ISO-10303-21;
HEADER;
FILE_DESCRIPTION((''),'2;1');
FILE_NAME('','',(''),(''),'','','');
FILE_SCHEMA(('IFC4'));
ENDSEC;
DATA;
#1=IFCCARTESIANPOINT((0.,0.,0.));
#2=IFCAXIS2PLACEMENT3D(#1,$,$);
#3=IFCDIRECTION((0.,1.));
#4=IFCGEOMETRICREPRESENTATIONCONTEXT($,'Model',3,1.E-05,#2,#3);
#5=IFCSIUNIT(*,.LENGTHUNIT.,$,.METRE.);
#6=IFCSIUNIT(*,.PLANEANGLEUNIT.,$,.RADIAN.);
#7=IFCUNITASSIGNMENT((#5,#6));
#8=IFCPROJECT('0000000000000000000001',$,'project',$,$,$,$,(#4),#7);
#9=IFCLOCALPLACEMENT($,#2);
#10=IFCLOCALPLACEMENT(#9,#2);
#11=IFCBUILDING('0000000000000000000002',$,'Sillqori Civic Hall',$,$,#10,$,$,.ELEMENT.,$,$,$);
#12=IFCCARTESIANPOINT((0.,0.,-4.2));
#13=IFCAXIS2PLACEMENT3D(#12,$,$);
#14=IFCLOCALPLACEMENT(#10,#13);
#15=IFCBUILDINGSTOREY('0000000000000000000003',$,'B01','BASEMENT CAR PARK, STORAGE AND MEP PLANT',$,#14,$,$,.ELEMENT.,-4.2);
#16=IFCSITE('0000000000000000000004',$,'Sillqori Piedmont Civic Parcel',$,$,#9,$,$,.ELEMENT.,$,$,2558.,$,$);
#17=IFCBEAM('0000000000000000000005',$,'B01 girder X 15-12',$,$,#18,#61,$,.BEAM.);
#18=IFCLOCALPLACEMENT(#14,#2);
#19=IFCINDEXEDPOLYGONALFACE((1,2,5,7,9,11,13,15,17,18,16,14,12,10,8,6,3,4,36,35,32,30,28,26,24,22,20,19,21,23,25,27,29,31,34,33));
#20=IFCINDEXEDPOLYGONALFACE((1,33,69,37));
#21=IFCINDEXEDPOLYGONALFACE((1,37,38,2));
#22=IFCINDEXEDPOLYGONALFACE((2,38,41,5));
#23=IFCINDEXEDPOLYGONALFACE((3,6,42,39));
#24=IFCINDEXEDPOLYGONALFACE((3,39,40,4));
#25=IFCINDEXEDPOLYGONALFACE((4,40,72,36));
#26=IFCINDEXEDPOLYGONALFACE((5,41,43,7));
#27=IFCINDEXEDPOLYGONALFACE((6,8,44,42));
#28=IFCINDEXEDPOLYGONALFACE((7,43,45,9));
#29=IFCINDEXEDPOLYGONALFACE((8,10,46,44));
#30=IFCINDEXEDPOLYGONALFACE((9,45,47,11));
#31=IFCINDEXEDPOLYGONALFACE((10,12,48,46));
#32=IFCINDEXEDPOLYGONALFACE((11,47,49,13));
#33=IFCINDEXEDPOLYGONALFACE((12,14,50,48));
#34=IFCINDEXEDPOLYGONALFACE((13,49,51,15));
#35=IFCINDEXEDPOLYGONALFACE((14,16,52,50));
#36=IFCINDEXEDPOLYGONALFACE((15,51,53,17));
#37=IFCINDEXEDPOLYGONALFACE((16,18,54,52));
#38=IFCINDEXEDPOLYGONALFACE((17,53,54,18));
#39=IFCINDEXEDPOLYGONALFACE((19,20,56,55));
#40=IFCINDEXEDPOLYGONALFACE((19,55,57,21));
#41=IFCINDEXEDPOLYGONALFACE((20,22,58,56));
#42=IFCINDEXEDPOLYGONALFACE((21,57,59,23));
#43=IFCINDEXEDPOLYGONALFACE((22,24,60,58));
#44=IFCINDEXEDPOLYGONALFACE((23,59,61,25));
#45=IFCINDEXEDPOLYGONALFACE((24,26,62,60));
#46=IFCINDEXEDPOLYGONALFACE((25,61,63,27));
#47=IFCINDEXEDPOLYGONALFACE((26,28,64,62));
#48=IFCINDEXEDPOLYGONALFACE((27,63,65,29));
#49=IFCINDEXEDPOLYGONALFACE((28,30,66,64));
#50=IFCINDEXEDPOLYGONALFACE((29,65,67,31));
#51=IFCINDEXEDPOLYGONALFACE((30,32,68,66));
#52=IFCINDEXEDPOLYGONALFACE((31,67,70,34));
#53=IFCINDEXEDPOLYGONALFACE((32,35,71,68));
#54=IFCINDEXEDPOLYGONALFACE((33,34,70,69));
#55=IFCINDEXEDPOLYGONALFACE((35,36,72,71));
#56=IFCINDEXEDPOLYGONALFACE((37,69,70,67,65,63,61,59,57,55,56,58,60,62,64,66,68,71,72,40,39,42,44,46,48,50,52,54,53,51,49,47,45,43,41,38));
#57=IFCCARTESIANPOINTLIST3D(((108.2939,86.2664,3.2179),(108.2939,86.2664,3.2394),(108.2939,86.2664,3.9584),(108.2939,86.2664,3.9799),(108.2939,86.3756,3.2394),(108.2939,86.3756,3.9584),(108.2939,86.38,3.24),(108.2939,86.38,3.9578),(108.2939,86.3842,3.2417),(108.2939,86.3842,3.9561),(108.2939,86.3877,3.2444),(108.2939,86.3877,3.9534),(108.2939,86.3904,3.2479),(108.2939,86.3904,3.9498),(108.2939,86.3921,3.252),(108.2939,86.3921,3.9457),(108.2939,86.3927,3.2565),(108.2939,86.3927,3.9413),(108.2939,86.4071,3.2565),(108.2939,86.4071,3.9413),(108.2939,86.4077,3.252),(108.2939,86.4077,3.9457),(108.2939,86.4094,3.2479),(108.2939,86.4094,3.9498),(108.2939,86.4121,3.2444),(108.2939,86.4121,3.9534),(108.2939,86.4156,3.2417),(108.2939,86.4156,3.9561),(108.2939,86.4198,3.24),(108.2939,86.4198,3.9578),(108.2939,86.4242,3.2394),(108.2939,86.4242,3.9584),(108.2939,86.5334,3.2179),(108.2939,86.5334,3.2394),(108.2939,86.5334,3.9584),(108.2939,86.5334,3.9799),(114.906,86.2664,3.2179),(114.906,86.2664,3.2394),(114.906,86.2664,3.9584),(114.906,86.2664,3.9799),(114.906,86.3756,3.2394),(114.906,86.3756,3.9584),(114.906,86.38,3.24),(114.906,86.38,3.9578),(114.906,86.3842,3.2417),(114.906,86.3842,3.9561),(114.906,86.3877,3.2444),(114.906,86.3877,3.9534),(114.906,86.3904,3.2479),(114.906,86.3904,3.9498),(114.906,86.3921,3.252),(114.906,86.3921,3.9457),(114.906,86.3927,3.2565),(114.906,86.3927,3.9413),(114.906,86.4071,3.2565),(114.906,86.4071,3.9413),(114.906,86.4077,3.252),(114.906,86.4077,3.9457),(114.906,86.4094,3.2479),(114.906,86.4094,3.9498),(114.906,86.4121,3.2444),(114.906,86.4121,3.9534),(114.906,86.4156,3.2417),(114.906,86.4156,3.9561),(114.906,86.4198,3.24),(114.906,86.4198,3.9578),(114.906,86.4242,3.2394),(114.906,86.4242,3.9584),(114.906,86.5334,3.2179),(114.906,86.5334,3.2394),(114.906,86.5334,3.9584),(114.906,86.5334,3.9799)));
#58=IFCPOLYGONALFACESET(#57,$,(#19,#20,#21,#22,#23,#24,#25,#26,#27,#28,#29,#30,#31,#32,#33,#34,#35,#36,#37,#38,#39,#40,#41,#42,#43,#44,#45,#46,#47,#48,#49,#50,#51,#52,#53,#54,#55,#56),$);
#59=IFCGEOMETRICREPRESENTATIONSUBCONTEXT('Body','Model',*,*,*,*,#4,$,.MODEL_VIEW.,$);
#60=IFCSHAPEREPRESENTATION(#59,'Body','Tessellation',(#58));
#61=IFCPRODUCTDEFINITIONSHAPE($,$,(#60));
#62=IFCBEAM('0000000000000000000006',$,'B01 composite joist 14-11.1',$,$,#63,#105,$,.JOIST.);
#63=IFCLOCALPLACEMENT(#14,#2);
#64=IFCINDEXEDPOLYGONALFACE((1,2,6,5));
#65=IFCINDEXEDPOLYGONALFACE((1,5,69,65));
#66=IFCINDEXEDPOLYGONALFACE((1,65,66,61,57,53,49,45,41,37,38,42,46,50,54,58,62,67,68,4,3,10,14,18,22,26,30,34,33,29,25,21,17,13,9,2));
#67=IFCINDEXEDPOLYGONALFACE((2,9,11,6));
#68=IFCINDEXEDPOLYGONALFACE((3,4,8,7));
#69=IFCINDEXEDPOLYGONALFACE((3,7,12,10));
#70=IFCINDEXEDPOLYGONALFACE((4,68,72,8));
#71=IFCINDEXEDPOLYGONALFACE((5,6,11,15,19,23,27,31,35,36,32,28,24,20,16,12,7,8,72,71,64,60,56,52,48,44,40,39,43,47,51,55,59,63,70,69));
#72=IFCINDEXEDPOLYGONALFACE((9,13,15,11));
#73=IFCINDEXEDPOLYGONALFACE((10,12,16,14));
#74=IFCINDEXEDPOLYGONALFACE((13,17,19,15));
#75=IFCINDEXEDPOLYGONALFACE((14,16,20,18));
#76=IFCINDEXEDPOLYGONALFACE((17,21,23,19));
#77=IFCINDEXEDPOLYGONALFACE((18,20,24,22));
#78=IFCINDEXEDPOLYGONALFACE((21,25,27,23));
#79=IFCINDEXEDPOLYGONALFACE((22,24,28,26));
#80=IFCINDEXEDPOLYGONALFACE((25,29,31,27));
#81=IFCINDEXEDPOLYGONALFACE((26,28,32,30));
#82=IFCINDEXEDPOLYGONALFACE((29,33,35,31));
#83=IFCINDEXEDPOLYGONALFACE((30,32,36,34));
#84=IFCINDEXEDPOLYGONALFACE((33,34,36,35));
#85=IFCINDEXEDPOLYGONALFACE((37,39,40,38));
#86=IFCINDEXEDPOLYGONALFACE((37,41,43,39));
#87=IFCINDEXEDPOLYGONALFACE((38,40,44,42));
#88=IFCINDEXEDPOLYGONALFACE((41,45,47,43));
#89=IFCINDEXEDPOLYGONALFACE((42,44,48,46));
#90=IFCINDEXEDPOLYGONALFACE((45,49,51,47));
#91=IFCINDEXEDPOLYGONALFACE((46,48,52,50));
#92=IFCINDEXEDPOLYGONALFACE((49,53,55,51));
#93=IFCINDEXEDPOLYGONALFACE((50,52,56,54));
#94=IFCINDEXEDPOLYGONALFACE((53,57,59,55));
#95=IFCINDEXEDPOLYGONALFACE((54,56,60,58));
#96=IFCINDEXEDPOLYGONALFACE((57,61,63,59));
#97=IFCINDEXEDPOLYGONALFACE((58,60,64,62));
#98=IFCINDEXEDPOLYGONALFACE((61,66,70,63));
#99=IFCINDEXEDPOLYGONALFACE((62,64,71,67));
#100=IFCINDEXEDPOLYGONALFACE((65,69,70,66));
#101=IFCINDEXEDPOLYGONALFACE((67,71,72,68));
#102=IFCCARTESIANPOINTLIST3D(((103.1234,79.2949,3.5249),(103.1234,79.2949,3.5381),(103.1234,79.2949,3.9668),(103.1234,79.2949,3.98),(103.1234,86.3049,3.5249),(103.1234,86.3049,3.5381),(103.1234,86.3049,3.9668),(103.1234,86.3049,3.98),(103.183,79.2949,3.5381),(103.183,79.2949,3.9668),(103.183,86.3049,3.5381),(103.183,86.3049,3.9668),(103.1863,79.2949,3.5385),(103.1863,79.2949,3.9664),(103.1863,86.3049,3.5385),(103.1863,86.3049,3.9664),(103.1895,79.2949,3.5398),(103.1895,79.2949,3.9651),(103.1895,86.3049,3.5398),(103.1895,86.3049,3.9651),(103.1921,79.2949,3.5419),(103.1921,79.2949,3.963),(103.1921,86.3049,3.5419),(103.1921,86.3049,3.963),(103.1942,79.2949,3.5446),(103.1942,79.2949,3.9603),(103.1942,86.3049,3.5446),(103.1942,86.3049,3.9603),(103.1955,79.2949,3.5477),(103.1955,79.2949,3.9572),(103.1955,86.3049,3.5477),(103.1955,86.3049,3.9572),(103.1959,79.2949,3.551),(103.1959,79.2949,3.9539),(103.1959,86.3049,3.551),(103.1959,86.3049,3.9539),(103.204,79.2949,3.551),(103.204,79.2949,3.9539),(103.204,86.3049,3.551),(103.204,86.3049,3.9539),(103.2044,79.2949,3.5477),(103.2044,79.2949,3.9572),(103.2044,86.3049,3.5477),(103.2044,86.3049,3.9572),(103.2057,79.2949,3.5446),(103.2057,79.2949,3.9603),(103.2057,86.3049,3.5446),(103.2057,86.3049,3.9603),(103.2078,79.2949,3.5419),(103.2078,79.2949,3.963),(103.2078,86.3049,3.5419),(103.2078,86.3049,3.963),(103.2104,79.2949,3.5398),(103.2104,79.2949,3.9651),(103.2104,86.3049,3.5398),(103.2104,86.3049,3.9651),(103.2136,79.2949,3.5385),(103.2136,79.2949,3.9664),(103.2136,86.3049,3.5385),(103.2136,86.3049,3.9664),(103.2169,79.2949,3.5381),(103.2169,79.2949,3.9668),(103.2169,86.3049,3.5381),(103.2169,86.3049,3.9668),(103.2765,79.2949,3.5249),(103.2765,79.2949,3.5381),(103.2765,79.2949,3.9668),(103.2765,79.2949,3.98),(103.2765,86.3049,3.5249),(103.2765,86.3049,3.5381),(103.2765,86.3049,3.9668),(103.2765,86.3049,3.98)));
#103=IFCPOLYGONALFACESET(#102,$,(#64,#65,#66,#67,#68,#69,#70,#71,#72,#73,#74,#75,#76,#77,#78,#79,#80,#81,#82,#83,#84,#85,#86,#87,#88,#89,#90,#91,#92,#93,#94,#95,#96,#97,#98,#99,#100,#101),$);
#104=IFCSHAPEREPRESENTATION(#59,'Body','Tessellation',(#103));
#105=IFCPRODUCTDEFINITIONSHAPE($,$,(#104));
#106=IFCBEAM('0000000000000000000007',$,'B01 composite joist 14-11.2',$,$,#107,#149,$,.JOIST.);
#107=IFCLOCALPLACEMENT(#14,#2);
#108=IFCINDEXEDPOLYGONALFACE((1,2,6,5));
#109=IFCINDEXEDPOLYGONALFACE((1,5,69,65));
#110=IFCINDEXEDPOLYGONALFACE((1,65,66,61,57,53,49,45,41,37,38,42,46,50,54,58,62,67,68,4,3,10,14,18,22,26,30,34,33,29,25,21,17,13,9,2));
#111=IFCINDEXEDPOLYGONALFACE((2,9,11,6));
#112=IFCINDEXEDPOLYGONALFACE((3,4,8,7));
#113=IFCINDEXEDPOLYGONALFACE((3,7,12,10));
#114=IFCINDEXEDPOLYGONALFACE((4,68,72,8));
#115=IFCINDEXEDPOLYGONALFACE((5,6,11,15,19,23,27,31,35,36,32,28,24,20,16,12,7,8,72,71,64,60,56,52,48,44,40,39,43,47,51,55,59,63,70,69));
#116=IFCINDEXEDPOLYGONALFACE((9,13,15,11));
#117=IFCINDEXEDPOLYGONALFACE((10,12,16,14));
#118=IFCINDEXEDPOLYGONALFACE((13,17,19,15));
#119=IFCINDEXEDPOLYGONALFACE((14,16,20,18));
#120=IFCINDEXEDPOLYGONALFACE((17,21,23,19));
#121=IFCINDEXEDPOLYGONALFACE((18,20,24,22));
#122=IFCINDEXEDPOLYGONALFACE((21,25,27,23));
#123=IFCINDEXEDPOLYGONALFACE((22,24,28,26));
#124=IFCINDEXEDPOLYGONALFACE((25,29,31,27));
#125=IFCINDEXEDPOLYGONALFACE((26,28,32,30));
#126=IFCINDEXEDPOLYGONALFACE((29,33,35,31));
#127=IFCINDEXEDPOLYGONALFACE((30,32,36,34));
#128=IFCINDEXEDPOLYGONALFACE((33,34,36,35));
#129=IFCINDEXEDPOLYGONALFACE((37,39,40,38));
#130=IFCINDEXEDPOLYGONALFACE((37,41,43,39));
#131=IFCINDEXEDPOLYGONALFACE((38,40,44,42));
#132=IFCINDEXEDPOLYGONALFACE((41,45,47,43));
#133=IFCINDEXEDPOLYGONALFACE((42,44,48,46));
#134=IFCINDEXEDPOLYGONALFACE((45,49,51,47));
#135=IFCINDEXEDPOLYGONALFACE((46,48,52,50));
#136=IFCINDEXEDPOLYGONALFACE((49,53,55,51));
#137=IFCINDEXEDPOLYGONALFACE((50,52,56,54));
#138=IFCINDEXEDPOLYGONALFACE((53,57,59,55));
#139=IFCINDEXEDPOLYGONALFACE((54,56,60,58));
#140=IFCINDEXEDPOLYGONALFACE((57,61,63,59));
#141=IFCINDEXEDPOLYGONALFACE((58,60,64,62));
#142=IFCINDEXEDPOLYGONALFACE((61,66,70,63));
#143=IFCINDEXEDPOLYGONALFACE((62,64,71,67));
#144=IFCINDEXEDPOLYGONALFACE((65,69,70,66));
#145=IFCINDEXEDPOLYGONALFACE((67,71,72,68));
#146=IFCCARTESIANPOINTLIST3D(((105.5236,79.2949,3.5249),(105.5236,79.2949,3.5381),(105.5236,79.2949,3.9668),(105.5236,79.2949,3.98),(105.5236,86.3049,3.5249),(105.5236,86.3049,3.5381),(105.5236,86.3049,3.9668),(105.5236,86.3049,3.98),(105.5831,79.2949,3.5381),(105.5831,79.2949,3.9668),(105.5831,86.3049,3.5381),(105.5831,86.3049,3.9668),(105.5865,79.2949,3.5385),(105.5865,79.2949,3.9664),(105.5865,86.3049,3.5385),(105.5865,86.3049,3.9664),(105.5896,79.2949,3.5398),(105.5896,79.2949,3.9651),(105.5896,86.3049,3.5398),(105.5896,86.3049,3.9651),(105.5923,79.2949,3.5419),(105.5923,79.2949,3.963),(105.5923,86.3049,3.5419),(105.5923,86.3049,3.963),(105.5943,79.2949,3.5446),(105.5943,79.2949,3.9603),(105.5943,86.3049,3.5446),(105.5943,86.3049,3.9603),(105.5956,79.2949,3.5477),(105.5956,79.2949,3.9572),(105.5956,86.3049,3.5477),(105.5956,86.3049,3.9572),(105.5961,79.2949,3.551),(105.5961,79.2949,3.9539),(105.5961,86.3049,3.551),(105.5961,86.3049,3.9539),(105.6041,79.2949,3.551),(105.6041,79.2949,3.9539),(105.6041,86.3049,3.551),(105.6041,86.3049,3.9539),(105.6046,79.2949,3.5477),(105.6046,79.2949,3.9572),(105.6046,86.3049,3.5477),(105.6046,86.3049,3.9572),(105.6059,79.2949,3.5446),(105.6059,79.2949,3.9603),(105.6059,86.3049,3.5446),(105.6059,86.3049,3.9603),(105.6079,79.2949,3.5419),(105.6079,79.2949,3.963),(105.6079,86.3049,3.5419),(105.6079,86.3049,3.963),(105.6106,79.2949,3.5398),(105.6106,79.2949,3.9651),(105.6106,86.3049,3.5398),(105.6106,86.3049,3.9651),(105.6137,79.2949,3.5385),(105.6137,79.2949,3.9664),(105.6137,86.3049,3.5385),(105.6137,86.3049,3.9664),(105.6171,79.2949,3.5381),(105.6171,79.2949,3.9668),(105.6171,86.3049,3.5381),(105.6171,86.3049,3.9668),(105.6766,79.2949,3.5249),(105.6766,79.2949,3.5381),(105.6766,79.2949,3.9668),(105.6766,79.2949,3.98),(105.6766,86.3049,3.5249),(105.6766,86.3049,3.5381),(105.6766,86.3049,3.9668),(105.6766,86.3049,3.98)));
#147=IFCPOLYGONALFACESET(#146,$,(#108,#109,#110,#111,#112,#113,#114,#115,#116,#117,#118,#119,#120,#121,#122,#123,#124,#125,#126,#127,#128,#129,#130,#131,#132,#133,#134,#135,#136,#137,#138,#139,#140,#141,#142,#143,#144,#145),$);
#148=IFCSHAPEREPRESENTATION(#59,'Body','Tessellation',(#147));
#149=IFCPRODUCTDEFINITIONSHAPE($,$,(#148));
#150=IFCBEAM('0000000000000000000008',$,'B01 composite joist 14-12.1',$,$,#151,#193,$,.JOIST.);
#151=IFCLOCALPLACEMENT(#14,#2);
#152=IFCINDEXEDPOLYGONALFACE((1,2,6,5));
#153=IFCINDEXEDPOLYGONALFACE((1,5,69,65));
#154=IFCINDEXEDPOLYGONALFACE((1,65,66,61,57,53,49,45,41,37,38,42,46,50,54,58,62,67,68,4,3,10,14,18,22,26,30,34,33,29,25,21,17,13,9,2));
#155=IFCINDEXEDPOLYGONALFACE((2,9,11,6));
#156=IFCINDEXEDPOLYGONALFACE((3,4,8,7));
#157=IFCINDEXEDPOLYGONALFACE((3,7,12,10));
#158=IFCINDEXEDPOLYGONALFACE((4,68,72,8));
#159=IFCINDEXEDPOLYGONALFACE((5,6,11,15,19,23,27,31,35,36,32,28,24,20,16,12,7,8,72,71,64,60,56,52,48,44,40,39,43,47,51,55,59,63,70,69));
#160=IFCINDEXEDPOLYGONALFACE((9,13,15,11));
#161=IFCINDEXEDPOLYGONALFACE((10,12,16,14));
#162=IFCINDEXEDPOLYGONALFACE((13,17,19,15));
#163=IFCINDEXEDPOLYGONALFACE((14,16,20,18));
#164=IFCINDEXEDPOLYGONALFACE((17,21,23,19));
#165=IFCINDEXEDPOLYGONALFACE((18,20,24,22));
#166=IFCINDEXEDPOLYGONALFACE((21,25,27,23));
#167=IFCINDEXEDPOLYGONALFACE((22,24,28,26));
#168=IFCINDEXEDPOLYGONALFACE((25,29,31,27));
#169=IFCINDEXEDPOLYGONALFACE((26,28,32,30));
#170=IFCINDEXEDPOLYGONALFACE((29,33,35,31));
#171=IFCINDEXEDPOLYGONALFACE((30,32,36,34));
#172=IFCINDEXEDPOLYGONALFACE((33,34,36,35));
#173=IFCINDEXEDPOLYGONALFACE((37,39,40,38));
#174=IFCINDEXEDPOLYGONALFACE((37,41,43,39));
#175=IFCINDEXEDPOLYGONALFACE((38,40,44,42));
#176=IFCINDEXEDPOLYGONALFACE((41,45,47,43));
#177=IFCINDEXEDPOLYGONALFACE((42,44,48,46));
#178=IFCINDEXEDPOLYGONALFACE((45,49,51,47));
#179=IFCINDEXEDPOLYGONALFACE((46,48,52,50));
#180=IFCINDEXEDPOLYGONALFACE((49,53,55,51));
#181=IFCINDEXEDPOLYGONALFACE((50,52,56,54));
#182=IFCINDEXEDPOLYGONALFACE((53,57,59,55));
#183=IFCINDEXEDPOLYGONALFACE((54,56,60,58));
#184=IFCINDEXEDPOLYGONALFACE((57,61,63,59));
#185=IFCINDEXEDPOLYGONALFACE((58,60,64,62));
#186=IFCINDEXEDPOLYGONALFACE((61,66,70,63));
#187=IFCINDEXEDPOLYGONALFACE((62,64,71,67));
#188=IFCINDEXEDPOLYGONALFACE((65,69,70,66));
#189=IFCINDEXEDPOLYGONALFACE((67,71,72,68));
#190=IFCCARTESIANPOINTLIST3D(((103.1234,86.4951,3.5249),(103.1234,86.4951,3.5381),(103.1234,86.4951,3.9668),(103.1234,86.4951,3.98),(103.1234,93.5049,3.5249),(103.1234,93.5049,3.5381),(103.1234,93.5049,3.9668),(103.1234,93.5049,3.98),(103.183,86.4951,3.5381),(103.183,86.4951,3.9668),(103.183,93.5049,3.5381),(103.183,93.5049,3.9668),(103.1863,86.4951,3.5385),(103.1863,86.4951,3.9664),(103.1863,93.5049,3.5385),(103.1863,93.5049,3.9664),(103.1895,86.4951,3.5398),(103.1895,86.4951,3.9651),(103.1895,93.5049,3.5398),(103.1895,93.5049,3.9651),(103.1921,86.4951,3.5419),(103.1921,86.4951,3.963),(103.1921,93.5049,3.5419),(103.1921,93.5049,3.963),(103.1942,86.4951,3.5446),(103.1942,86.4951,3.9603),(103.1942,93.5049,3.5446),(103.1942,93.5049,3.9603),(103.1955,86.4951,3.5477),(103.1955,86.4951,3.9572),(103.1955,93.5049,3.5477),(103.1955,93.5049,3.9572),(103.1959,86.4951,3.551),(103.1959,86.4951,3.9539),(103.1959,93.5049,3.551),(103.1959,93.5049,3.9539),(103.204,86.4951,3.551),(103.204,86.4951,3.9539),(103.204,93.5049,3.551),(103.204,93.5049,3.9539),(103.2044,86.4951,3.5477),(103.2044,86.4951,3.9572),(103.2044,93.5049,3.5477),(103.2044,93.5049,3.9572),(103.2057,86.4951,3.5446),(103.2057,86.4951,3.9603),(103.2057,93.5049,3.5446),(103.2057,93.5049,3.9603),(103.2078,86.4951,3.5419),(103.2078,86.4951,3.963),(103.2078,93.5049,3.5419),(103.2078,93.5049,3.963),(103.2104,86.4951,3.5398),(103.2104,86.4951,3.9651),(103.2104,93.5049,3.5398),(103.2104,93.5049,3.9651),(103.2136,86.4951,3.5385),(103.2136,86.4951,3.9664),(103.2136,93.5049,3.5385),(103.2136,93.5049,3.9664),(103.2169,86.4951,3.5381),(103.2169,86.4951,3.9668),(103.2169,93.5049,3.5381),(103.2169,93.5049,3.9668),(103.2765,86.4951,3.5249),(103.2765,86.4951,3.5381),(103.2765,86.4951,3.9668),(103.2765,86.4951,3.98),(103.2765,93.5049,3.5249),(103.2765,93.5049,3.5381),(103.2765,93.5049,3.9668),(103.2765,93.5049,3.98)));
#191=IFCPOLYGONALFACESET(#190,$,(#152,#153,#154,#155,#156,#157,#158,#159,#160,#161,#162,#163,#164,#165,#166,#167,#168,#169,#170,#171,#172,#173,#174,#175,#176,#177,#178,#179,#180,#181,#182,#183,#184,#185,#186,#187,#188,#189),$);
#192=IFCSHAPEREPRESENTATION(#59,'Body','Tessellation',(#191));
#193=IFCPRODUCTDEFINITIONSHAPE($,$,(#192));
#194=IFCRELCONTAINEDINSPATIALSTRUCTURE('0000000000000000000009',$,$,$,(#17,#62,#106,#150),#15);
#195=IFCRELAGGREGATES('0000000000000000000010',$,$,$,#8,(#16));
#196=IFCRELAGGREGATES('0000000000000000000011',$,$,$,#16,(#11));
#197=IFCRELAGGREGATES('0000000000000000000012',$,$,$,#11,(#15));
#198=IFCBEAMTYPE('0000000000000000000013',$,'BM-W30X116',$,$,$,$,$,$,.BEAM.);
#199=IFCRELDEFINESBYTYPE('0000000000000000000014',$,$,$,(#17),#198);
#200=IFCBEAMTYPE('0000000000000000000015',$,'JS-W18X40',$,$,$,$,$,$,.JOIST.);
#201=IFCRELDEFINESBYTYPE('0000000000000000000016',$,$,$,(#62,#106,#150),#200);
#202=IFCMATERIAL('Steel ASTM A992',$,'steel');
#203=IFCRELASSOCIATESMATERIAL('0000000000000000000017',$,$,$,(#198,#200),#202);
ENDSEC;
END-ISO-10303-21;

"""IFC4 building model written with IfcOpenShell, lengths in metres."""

from ifc_helpers import new_model, si_unit, direction, frame, origin, origin_2d, place, context, subcontext, project, spatial, i_section, extrude, material, material_profile, profile_set, type_object, element, save


model = new_model("IFC4")

# Units and contexts
model_context = context("Model", 3, precision=1e-05, world=origin(), true_north=direction((0.0, 1.0)))
body_context = subcontext(model_context, "Body", "Model", "MODEL_VIEW")
ifc_project = project(units=[si_unit("LENGTHUNIT", "METRE"), si_unit("PLANEANGLEUNIT", "RADIAN")], contexts=[model_context])

# Site, building, storey
site_placement = place(None, origin())
site = spatial("IfcSite", under=ifc_project, at=site_placement, Name="Sillqori Piedmont Civic Parcel", CompositionType="ELEMENT", RefElevation=2558.0)
building_placement = place(site_placement, origin())
building = spatial("IfcBuilding", under=site, at=building_placement, Name="Sillqori Civic Hall", CompositionType="ELEMENT")
storey_placement = place(building_placement, frame((0.0, 0.0, -4.2)))
storey = spatial("IfcBuildingStorey", under=building, at=storey_placement, Name="B01", Description="BASEMENT CAR PARK, STORAGE AND MEP PLANT", CompositionType="ELEMENT", Elevation=-4.2)

# Beams
ifc_material_1 = material(Name="Steel ASTM A992", Category="steel")
ifc_material_profile_1 = material_profile(ifc_material_1, i_section(OverallWidth=0.2671, OverallDepth=0.762, WebThickness=0.0144, FlangeThickness=0.0215, FilletRadius=0.0171, at=origin_2d()), Name="W30X116")
ifc_profile_set_1 = profile_set([ifc_material_profile_1], Name="Steel ASTM A992")
beam_type_1 = type_object("IfcBeamType", Name="BM-W30X116", PredefinedType="BEAM", material=ifc_profile_set_1)
beam_1_placement = place(storey_placement, frame((108.2939, 86.3999, 3.5989), z_axis=(1.0, 0.0, 0.0), x_axis=(0.0, 1.0, 0.0)))
element("IfcBeam", 1, at=beam_1_placement, inside=storey, type_object=beam_type_1, Name="B01 girder X 15-12", PredefinedType="BEAM", context=body_context, shape_type="SweptSolid", body=[
    extrude(i_section(OverallWidth=0.2671, OverallDepth=0.762, WebThickness=0.0144, FlangeThickness=0.0215, FilletRadius=0.0171, at=origin_2d()), origin(), (0.0, 0.0, 1.0), 6.6121),
])
ifc_material_profile_2 = material_profile(ifc_material_1, i_section(OverallWidth=0.1531, OverallDepth=0.4551, WebThickness=0.0081, FlangeThickness=0.0132, FilletRadius=0.0129, at=origin_2d()), Name="W18X40")
ifc_profile_set_2 = profile_set([ifc_material_profile_2], Name="Steel ASTM A992")
beam_type_2 = type_object("IfcBeamType", Name="JS-W18X40", PredefinedType="JOIST", material=ifc_profile_set_2)
for number, where, z_axis, x_axis, name in (
    (2, (103.2, 79.2949, 3.7524), (0.0, 1.0, 0.0), (-1.0, 0.0, 0.0), "B01 composite joist 14-11.1"),
    (3, (105.6001, 79.2949, 3.7524), (0.0, 1.0, 0.0), (-1.0, 0.0, 0.0), "B01 composite joist 14-11.2"),
):
    element("IfcBeam", number, at=place(storey_placement, frame(where, z_axis=z_axis, x_axis=x_axis)), inside=storey, type_object=beam_type_2, Name=name, PredefinedType="JOIST", context=body_context, shape_type="SweptSolid", body=[
        extrude(i_section(OverallWidth=0.1531, OverallDepth=0.4551, WebThickness=0.0081, FlangeThickness=0.0132, FilletRadius=0.0129, at=origin_2d()), origin(), (0.0, 0.0, 1.0), 7.01),
    ])
for number, where, z_axis, x_axis, name in (
    (4, (103.2, 86.4951, 3.7524), (0.0, 1.0, 0.0), (-1.0, 0.0, 0.0), "B01 composite joist 14-12.1"),
):
    element("IfcBeam", number, at=place(storey_placement, frame(where, z_axis=z_axis, x_axis=x_axis)), inside=storey, type_object=beam_type_2, Name=name, PredefinedType="JOIST", context=body_context, shape_type="SweptSolid", body=[
        extrude(i_section(OverallWidth=0.1531, OverallDepth=0.4551, WebThickness=0.0081, FlangeThickness=0.0132, FilletRadius=0.0129, at=origin_2d()), origin(), (0.0, 0.0, 1.0), 7.0098),
    ])

save(model, "model.ifc")
